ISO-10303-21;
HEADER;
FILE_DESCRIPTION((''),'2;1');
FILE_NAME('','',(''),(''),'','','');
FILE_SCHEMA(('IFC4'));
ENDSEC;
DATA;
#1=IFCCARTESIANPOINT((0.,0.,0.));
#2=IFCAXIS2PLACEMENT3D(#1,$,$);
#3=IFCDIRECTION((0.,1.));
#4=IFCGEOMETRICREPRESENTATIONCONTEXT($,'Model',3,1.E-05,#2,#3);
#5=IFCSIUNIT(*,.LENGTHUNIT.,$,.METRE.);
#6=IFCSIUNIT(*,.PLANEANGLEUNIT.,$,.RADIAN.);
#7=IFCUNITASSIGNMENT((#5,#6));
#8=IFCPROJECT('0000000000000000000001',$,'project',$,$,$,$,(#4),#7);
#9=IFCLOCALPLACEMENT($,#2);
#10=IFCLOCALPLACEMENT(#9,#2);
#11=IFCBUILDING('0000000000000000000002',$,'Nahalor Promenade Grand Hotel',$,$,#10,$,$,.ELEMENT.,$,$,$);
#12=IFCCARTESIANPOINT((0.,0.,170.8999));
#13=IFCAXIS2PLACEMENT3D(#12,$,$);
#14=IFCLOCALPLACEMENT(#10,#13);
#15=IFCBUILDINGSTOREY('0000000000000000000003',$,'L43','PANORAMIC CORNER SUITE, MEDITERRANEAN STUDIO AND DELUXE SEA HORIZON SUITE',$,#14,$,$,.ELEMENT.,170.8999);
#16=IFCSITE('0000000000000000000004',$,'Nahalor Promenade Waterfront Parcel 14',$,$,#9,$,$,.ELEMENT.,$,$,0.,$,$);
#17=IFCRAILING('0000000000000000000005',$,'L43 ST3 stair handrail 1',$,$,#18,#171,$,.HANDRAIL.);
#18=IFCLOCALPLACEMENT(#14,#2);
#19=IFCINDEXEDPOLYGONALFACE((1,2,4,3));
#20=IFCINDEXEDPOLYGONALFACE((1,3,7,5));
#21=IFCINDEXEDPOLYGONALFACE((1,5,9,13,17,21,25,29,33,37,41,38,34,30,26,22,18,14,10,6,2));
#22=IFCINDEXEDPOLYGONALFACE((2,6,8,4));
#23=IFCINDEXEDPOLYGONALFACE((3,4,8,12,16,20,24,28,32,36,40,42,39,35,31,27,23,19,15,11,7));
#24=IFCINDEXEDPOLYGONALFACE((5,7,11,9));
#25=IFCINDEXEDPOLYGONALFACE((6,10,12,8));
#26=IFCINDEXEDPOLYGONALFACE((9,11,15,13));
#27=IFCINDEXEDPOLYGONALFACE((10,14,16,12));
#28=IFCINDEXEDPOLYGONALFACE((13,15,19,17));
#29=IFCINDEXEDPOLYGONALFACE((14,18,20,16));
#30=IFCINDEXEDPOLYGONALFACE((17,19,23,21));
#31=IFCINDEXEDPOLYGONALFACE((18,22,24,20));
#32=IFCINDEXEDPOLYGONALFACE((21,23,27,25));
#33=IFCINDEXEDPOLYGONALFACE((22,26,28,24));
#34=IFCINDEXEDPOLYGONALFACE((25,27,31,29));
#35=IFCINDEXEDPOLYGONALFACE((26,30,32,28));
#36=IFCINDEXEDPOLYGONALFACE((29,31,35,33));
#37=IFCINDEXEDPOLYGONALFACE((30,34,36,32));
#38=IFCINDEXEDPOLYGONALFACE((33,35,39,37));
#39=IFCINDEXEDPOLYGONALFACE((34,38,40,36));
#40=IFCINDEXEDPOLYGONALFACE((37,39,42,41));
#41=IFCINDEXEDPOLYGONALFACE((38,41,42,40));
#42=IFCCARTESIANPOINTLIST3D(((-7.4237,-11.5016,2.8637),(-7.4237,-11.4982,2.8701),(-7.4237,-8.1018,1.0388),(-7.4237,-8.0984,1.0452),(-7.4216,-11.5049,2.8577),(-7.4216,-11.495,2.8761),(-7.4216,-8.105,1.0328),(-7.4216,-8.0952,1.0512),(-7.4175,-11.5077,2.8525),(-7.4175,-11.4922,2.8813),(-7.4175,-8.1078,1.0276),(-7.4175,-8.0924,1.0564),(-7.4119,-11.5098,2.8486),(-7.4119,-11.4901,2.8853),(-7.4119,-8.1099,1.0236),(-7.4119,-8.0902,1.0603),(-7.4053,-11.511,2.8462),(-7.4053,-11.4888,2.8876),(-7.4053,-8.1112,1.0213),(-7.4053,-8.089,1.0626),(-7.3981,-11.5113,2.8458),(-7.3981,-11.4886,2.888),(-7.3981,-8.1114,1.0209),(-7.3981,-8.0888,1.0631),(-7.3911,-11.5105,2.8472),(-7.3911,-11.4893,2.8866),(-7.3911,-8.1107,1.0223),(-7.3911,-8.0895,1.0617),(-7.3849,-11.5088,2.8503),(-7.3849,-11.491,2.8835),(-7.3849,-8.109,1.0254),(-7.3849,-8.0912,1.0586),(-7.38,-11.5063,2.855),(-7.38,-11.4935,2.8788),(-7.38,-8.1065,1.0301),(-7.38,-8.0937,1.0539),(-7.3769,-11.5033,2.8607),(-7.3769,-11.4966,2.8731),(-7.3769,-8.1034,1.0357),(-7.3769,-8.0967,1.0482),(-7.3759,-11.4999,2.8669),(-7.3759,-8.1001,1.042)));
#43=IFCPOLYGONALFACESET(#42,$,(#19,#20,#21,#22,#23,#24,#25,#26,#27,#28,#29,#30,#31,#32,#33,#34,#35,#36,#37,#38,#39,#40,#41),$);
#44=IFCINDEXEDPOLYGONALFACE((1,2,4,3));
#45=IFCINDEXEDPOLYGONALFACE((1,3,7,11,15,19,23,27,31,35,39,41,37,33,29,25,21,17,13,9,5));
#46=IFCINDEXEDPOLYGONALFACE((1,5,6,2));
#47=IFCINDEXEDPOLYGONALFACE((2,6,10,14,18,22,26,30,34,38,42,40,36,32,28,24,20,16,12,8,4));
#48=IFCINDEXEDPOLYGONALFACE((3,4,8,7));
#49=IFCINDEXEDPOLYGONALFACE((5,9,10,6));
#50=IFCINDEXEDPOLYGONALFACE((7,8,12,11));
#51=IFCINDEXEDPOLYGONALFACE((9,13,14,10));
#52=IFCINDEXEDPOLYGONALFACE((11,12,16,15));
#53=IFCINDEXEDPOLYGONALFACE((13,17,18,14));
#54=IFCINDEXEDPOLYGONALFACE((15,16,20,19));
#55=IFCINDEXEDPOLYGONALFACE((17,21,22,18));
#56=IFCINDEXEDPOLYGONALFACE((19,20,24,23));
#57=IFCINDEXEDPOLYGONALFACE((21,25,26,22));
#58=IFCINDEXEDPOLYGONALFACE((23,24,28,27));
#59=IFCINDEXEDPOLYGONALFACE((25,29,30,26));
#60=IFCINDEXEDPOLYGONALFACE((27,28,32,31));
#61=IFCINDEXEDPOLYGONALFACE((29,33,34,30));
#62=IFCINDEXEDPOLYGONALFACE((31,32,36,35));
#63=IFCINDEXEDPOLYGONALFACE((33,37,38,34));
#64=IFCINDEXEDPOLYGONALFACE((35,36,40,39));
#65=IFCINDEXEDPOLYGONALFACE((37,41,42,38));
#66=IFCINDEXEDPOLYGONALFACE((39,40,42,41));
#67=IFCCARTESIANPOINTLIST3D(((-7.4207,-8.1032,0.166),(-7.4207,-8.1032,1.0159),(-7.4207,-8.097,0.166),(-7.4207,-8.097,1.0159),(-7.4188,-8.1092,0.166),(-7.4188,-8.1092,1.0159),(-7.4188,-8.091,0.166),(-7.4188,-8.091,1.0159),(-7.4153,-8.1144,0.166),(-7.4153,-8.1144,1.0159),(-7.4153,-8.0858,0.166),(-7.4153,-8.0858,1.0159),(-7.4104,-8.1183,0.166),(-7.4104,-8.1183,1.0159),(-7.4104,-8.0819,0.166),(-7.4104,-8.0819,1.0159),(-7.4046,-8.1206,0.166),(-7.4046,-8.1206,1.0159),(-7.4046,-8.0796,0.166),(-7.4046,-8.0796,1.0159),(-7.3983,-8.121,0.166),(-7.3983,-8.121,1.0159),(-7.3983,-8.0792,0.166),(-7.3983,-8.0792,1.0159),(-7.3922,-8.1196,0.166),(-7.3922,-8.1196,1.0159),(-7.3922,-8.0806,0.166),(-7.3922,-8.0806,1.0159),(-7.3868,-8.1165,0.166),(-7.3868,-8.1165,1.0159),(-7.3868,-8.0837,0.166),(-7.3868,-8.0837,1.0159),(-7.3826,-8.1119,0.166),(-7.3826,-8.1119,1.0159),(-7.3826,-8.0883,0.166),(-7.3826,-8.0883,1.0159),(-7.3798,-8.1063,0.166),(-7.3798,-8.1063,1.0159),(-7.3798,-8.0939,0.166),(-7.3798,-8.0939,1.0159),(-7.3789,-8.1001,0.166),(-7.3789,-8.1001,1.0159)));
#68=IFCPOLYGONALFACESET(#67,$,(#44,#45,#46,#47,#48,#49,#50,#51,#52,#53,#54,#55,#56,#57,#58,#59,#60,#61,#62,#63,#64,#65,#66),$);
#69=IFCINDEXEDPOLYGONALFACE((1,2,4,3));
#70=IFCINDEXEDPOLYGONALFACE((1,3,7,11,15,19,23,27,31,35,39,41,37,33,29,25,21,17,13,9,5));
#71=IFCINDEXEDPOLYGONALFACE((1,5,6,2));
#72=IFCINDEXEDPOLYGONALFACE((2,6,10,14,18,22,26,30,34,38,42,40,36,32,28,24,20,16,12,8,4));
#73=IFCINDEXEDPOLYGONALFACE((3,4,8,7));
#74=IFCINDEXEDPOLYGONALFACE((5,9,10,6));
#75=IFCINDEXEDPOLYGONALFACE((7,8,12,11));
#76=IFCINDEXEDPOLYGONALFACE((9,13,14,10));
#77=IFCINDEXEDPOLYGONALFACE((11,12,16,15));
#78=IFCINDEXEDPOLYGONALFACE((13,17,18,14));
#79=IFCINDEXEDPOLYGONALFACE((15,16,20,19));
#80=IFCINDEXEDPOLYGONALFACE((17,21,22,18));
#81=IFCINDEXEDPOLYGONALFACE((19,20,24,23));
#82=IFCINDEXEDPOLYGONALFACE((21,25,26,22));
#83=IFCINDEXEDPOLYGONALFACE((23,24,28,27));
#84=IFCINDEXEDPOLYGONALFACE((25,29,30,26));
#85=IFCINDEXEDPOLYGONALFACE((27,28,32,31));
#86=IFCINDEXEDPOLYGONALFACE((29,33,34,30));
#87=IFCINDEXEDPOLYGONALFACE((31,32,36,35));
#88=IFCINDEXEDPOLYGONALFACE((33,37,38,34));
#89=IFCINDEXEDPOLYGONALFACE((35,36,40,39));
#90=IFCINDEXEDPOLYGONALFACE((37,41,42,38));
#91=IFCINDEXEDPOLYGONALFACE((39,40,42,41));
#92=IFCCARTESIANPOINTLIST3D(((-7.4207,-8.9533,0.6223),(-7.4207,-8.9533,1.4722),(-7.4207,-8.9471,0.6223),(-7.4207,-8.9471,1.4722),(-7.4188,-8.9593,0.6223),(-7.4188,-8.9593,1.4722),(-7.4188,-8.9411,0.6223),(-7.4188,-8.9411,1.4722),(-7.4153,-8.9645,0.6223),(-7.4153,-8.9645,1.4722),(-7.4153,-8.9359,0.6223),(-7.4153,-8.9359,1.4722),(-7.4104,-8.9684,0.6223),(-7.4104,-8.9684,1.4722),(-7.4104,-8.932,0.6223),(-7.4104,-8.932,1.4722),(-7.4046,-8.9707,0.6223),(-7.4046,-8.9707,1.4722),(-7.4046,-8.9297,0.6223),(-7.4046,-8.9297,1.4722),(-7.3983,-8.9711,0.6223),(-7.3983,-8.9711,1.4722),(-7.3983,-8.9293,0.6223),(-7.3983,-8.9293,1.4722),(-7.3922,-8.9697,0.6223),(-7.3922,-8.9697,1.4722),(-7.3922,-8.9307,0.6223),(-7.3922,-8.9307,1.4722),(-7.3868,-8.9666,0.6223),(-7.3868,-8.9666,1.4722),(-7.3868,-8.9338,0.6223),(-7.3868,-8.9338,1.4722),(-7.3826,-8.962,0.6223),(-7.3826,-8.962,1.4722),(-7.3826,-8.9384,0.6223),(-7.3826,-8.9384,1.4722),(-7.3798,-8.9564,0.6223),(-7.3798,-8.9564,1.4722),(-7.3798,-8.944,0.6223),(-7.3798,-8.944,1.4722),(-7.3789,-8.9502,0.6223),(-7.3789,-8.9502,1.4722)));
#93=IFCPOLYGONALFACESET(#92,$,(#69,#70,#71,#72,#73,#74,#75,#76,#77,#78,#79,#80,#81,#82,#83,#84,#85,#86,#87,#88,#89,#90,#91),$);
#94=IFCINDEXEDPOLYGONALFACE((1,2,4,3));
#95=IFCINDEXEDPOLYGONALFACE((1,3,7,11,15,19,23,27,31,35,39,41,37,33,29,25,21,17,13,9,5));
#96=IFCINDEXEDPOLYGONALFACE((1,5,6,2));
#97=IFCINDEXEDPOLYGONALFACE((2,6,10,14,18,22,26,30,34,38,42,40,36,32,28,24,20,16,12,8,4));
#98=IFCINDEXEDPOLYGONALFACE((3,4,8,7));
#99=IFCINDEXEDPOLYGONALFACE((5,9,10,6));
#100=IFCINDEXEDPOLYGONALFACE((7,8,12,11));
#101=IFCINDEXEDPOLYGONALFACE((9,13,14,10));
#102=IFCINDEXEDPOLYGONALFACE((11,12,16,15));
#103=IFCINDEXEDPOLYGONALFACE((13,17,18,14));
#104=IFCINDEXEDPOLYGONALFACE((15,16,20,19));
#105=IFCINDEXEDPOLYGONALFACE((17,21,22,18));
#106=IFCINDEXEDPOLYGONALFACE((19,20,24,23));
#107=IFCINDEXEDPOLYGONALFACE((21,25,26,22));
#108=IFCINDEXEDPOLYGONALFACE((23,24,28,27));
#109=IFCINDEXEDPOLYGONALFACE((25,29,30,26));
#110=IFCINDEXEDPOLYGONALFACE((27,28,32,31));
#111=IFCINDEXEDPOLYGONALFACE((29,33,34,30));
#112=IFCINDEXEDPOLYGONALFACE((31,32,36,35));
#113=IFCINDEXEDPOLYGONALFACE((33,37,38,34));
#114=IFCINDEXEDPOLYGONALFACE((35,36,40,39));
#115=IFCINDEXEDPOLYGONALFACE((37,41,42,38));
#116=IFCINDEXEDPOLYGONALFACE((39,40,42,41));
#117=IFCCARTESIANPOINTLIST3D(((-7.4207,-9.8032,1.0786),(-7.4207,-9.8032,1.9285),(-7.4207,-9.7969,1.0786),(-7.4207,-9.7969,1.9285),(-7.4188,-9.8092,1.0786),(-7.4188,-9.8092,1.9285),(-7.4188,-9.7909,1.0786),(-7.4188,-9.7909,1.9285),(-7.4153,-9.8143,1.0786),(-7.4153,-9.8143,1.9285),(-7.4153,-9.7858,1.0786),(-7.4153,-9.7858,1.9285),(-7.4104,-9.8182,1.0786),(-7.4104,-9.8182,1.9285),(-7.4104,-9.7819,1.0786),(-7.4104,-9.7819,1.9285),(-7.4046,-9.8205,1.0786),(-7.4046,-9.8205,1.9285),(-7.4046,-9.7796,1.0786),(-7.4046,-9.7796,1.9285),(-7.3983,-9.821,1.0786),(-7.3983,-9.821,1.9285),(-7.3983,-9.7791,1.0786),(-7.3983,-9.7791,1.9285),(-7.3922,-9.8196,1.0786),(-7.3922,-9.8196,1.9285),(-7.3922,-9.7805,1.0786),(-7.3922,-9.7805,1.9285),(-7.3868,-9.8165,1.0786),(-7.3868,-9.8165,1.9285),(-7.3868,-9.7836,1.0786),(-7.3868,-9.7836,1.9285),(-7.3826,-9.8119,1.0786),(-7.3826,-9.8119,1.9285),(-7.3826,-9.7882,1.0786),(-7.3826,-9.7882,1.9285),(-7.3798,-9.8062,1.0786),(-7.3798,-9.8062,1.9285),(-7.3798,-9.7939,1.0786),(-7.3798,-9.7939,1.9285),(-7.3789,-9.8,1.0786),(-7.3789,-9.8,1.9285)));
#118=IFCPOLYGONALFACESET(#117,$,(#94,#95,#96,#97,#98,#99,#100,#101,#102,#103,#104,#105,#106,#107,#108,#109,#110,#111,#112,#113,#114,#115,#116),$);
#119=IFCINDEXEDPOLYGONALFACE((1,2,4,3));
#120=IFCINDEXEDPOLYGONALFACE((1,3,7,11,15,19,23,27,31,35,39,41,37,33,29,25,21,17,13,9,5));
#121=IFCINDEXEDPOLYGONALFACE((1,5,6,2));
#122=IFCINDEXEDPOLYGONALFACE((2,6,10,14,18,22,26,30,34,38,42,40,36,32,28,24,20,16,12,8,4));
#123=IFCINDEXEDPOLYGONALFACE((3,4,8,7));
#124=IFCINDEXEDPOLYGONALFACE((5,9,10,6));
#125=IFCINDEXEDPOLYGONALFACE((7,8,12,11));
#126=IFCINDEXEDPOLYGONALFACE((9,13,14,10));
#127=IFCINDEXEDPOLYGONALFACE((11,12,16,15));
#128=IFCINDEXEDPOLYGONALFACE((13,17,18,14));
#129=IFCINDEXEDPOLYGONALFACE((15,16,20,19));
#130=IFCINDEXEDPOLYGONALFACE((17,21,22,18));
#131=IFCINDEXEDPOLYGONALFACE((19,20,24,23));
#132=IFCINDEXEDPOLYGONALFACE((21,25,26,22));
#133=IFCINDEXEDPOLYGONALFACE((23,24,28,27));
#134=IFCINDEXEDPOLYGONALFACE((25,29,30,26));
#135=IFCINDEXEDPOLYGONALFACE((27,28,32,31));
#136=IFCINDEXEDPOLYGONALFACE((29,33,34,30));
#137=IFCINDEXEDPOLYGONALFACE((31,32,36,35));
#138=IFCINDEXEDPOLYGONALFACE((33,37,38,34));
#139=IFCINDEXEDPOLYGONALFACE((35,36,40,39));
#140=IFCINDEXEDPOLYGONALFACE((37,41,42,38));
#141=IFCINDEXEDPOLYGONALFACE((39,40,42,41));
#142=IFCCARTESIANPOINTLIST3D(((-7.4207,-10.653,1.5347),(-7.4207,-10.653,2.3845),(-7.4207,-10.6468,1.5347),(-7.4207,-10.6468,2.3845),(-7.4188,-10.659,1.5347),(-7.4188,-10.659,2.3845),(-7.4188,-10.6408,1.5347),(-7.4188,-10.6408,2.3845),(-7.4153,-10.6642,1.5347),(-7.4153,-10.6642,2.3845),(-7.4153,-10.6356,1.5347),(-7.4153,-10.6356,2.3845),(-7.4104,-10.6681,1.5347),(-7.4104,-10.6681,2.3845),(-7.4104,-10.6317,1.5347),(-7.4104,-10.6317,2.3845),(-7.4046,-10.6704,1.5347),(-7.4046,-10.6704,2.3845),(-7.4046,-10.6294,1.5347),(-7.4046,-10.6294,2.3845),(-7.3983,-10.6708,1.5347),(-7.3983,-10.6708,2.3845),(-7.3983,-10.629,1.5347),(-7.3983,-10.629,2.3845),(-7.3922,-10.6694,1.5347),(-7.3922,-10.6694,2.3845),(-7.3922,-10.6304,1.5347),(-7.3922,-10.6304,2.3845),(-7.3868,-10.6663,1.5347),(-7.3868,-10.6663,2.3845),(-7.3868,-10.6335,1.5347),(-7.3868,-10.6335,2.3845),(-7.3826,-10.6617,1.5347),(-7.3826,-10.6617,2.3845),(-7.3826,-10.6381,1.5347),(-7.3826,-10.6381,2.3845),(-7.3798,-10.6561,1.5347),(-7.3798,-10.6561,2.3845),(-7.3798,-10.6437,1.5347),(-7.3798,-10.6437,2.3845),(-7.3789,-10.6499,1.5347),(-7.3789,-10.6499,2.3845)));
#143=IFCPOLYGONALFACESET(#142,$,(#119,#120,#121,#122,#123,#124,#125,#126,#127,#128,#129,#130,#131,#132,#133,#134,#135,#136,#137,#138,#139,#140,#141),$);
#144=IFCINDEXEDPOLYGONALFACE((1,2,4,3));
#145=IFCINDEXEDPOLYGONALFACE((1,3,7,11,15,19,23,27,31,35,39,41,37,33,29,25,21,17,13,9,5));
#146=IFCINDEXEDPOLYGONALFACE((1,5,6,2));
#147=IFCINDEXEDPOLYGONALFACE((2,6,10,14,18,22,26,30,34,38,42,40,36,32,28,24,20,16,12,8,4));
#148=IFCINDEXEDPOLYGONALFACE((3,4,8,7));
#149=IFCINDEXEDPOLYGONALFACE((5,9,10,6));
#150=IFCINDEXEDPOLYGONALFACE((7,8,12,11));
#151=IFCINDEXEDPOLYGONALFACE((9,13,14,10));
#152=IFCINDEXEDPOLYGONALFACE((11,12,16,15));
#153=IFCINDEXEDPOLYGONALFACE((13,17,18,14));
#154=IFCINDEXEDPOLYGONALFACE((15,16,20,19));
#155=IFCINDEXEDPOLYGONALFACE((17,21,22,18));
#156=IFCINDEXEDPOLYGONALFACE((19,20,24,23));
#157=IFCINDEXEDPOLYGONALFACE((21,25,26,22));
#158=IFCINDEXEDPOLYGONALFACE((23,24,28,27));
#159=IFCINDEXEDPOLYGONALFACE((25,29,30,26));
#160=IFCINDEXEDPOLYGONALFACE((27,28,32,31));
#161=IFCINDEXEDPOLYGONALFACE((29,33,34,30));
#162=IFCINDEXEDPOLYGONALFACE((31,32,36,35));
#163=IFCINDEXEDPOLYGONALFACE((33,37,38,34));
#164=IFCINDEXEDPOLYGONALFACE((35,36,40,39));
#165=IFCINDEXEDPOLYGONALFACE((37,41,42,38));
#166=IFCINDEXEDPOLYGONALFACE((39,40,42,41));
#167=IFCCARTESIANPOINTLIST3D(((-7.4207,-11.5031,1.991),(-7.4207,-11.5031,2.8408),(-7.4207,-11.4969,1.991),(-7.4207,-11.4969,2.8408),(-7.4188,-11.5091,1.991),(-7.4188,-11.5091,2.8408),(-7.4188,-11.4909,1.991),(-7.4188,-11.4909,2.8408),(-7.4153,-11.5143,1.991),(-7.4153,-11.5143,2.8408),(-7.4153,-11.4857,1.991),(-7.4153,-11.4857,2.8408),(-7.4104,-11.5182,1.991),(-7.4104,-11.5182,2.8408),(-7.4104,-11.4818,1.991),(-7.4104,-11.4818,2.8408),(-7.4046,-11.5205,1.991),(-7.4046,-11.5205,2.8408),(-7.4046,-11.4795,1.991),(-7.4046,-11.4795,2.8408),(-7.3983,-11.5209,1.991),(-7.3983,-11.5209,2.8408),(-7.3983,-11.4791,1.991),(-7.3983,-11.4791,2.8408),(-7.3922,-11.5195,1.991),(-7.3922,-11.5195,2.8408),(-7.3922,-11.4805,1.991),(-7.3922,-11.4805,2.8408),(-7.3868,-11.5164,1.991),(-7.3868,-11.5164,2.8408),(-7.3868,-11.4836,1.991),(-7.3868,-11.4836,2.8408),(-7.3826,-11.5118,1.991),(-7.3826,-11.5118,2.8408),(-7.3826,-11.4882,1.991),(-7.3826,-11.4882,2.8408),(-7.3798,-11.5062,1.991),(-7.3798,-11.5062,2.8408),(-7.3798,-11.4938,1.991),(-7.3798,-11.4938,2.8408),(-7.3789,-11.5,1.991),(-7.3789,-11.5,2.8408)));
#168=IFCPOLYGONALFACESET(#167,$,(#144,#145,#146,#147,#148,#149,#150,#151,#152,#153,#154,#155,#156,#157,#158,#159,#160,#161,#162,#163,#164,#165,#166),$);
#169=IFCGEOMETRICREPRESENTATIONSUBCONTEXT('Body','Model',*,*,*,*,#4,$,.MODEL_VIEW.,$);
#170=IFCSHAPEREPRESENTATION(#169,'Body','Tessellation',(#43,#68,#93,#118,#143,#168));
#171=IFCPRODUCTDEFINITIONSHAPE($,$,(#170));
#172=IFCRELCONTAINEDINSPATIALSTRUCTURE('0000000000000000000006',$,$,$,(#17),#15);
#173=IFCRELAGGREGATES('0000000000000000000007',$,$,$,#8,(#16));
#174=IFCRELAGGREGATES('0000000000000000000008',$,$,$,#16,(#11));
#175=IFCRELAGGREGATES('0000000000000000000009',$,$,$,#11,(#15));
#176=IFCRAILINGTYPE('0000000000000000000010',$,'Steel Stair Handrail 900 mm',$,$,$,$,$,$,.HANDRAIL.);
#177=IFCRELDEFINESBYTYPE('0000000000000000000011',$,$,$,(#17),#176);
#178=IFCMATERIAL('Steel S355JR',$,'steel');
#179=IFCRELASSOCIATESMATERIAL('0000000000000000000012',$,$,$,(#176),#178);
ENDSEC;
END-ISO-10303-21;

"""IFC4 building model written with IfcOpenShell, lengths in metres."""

from ifc_helpers import new_model, si_unit, direction, frame, origin, origin_2d, place, context, subcontext, project, spatial, circle, extrude, material, type_object, element, save


model = new_model("IFC4")

# Units and contexts
model_context = context("Model", 3, precision=1e-05, world=origin(), true_north=direction((0.0, 1.0)))
body_context = subcontext(model_context, "Body", "Model", "MODEL_VIEW")
ifc_project = project(units=[si_unit("LENGTHUNIT", "METRE"), si_unit("PLANEANGLEUNIT", "RADIAN")], contexts=[model_context])

# Site, building, storey
site_placement = place(None, origin())
site = spatial("IfcSite", under=ifc_project, at=site_placement, Name="Nahalor Promenade Waterfront Parcel 14", CompositionType="ELEMENT", RefElevation=0.0)
building_placement = place(site_placement, origin())
building = spatial("IfcBuilding", under=site, at=building_placement, Name="Nahalor Promenade Grand Hotel", CompositionType="ELEMENT")
storey_placement = place(building_placement, frame((0.0, 0.0, 170.8999)))
storey = spatial("IfcBuildingStorey", under=building, at=storey_placement, Name="L43", Description="PANORAMIC CORNER SUITE, MEDITERRANEAN STUDIO AND DELUXE SEA HORIZON SUITE", CompositionType="ELEMENT", Elevation=170.8999)

# Shared definitions
ifc_material_1 = material(Name="Steel S355JR", Category="steel")

# Railing
railing_type_1 = type_object("IfcRailingType", Name="Steel Stair Handrail 900 mm", PredefinedType="HANDRAIL", material=ifc_material_1)
railing_1_placement = place(storey_placement, frame((-7.3999, -8.1001, 0.166)))
element("IfcRailing", 1, at=railing_1_placement, inside=storey, type_object=railing_type_1, Name="L43 ST3 stair handrail 1", PredefinedType="HANDRAIL", context=body_context, shape_type="SweptSolid", body=[
    extrude(circle(Radius=0.024, at=origin_2d()), frame((0.0, 0.0, 0.876), z_axis=(0.0, -0.881094, 0.472941), x_axis=(1.0, 0.0, 0.0)), (0.0, 0.0, 1.0), 3.8586),
    extrude(circle(Radius=0.021, at=origin_2d()), origin(), (0.0, 0.0, 1.0), 0.8499),
    extrude(circle(Radius=0.021, at=origin_2d()), frame((0.0, -0.8501, 0.4563)), (0.0, 0.0, 1.0), 0.8499),
    extrude(circle(Radius=0.021, at=origin_2d()), frame((0.0, -1.7, 0.9126)), (0.0, 0.0, 1.0), 0.8499),
    extrude(circle(Radius=0.021, at=origin_2d()), frame((0.0, -2.5498, 1.3687)), (0.0, 0.0, 1.0), 0.8499),
    extrude(circle(Radius=0.021, at=origin_2d()), frame((0.0, -3.3999, 1.825)), (0.0, 0.0, 1.0), 0.8499),
])

save(model, "model.ifc")
